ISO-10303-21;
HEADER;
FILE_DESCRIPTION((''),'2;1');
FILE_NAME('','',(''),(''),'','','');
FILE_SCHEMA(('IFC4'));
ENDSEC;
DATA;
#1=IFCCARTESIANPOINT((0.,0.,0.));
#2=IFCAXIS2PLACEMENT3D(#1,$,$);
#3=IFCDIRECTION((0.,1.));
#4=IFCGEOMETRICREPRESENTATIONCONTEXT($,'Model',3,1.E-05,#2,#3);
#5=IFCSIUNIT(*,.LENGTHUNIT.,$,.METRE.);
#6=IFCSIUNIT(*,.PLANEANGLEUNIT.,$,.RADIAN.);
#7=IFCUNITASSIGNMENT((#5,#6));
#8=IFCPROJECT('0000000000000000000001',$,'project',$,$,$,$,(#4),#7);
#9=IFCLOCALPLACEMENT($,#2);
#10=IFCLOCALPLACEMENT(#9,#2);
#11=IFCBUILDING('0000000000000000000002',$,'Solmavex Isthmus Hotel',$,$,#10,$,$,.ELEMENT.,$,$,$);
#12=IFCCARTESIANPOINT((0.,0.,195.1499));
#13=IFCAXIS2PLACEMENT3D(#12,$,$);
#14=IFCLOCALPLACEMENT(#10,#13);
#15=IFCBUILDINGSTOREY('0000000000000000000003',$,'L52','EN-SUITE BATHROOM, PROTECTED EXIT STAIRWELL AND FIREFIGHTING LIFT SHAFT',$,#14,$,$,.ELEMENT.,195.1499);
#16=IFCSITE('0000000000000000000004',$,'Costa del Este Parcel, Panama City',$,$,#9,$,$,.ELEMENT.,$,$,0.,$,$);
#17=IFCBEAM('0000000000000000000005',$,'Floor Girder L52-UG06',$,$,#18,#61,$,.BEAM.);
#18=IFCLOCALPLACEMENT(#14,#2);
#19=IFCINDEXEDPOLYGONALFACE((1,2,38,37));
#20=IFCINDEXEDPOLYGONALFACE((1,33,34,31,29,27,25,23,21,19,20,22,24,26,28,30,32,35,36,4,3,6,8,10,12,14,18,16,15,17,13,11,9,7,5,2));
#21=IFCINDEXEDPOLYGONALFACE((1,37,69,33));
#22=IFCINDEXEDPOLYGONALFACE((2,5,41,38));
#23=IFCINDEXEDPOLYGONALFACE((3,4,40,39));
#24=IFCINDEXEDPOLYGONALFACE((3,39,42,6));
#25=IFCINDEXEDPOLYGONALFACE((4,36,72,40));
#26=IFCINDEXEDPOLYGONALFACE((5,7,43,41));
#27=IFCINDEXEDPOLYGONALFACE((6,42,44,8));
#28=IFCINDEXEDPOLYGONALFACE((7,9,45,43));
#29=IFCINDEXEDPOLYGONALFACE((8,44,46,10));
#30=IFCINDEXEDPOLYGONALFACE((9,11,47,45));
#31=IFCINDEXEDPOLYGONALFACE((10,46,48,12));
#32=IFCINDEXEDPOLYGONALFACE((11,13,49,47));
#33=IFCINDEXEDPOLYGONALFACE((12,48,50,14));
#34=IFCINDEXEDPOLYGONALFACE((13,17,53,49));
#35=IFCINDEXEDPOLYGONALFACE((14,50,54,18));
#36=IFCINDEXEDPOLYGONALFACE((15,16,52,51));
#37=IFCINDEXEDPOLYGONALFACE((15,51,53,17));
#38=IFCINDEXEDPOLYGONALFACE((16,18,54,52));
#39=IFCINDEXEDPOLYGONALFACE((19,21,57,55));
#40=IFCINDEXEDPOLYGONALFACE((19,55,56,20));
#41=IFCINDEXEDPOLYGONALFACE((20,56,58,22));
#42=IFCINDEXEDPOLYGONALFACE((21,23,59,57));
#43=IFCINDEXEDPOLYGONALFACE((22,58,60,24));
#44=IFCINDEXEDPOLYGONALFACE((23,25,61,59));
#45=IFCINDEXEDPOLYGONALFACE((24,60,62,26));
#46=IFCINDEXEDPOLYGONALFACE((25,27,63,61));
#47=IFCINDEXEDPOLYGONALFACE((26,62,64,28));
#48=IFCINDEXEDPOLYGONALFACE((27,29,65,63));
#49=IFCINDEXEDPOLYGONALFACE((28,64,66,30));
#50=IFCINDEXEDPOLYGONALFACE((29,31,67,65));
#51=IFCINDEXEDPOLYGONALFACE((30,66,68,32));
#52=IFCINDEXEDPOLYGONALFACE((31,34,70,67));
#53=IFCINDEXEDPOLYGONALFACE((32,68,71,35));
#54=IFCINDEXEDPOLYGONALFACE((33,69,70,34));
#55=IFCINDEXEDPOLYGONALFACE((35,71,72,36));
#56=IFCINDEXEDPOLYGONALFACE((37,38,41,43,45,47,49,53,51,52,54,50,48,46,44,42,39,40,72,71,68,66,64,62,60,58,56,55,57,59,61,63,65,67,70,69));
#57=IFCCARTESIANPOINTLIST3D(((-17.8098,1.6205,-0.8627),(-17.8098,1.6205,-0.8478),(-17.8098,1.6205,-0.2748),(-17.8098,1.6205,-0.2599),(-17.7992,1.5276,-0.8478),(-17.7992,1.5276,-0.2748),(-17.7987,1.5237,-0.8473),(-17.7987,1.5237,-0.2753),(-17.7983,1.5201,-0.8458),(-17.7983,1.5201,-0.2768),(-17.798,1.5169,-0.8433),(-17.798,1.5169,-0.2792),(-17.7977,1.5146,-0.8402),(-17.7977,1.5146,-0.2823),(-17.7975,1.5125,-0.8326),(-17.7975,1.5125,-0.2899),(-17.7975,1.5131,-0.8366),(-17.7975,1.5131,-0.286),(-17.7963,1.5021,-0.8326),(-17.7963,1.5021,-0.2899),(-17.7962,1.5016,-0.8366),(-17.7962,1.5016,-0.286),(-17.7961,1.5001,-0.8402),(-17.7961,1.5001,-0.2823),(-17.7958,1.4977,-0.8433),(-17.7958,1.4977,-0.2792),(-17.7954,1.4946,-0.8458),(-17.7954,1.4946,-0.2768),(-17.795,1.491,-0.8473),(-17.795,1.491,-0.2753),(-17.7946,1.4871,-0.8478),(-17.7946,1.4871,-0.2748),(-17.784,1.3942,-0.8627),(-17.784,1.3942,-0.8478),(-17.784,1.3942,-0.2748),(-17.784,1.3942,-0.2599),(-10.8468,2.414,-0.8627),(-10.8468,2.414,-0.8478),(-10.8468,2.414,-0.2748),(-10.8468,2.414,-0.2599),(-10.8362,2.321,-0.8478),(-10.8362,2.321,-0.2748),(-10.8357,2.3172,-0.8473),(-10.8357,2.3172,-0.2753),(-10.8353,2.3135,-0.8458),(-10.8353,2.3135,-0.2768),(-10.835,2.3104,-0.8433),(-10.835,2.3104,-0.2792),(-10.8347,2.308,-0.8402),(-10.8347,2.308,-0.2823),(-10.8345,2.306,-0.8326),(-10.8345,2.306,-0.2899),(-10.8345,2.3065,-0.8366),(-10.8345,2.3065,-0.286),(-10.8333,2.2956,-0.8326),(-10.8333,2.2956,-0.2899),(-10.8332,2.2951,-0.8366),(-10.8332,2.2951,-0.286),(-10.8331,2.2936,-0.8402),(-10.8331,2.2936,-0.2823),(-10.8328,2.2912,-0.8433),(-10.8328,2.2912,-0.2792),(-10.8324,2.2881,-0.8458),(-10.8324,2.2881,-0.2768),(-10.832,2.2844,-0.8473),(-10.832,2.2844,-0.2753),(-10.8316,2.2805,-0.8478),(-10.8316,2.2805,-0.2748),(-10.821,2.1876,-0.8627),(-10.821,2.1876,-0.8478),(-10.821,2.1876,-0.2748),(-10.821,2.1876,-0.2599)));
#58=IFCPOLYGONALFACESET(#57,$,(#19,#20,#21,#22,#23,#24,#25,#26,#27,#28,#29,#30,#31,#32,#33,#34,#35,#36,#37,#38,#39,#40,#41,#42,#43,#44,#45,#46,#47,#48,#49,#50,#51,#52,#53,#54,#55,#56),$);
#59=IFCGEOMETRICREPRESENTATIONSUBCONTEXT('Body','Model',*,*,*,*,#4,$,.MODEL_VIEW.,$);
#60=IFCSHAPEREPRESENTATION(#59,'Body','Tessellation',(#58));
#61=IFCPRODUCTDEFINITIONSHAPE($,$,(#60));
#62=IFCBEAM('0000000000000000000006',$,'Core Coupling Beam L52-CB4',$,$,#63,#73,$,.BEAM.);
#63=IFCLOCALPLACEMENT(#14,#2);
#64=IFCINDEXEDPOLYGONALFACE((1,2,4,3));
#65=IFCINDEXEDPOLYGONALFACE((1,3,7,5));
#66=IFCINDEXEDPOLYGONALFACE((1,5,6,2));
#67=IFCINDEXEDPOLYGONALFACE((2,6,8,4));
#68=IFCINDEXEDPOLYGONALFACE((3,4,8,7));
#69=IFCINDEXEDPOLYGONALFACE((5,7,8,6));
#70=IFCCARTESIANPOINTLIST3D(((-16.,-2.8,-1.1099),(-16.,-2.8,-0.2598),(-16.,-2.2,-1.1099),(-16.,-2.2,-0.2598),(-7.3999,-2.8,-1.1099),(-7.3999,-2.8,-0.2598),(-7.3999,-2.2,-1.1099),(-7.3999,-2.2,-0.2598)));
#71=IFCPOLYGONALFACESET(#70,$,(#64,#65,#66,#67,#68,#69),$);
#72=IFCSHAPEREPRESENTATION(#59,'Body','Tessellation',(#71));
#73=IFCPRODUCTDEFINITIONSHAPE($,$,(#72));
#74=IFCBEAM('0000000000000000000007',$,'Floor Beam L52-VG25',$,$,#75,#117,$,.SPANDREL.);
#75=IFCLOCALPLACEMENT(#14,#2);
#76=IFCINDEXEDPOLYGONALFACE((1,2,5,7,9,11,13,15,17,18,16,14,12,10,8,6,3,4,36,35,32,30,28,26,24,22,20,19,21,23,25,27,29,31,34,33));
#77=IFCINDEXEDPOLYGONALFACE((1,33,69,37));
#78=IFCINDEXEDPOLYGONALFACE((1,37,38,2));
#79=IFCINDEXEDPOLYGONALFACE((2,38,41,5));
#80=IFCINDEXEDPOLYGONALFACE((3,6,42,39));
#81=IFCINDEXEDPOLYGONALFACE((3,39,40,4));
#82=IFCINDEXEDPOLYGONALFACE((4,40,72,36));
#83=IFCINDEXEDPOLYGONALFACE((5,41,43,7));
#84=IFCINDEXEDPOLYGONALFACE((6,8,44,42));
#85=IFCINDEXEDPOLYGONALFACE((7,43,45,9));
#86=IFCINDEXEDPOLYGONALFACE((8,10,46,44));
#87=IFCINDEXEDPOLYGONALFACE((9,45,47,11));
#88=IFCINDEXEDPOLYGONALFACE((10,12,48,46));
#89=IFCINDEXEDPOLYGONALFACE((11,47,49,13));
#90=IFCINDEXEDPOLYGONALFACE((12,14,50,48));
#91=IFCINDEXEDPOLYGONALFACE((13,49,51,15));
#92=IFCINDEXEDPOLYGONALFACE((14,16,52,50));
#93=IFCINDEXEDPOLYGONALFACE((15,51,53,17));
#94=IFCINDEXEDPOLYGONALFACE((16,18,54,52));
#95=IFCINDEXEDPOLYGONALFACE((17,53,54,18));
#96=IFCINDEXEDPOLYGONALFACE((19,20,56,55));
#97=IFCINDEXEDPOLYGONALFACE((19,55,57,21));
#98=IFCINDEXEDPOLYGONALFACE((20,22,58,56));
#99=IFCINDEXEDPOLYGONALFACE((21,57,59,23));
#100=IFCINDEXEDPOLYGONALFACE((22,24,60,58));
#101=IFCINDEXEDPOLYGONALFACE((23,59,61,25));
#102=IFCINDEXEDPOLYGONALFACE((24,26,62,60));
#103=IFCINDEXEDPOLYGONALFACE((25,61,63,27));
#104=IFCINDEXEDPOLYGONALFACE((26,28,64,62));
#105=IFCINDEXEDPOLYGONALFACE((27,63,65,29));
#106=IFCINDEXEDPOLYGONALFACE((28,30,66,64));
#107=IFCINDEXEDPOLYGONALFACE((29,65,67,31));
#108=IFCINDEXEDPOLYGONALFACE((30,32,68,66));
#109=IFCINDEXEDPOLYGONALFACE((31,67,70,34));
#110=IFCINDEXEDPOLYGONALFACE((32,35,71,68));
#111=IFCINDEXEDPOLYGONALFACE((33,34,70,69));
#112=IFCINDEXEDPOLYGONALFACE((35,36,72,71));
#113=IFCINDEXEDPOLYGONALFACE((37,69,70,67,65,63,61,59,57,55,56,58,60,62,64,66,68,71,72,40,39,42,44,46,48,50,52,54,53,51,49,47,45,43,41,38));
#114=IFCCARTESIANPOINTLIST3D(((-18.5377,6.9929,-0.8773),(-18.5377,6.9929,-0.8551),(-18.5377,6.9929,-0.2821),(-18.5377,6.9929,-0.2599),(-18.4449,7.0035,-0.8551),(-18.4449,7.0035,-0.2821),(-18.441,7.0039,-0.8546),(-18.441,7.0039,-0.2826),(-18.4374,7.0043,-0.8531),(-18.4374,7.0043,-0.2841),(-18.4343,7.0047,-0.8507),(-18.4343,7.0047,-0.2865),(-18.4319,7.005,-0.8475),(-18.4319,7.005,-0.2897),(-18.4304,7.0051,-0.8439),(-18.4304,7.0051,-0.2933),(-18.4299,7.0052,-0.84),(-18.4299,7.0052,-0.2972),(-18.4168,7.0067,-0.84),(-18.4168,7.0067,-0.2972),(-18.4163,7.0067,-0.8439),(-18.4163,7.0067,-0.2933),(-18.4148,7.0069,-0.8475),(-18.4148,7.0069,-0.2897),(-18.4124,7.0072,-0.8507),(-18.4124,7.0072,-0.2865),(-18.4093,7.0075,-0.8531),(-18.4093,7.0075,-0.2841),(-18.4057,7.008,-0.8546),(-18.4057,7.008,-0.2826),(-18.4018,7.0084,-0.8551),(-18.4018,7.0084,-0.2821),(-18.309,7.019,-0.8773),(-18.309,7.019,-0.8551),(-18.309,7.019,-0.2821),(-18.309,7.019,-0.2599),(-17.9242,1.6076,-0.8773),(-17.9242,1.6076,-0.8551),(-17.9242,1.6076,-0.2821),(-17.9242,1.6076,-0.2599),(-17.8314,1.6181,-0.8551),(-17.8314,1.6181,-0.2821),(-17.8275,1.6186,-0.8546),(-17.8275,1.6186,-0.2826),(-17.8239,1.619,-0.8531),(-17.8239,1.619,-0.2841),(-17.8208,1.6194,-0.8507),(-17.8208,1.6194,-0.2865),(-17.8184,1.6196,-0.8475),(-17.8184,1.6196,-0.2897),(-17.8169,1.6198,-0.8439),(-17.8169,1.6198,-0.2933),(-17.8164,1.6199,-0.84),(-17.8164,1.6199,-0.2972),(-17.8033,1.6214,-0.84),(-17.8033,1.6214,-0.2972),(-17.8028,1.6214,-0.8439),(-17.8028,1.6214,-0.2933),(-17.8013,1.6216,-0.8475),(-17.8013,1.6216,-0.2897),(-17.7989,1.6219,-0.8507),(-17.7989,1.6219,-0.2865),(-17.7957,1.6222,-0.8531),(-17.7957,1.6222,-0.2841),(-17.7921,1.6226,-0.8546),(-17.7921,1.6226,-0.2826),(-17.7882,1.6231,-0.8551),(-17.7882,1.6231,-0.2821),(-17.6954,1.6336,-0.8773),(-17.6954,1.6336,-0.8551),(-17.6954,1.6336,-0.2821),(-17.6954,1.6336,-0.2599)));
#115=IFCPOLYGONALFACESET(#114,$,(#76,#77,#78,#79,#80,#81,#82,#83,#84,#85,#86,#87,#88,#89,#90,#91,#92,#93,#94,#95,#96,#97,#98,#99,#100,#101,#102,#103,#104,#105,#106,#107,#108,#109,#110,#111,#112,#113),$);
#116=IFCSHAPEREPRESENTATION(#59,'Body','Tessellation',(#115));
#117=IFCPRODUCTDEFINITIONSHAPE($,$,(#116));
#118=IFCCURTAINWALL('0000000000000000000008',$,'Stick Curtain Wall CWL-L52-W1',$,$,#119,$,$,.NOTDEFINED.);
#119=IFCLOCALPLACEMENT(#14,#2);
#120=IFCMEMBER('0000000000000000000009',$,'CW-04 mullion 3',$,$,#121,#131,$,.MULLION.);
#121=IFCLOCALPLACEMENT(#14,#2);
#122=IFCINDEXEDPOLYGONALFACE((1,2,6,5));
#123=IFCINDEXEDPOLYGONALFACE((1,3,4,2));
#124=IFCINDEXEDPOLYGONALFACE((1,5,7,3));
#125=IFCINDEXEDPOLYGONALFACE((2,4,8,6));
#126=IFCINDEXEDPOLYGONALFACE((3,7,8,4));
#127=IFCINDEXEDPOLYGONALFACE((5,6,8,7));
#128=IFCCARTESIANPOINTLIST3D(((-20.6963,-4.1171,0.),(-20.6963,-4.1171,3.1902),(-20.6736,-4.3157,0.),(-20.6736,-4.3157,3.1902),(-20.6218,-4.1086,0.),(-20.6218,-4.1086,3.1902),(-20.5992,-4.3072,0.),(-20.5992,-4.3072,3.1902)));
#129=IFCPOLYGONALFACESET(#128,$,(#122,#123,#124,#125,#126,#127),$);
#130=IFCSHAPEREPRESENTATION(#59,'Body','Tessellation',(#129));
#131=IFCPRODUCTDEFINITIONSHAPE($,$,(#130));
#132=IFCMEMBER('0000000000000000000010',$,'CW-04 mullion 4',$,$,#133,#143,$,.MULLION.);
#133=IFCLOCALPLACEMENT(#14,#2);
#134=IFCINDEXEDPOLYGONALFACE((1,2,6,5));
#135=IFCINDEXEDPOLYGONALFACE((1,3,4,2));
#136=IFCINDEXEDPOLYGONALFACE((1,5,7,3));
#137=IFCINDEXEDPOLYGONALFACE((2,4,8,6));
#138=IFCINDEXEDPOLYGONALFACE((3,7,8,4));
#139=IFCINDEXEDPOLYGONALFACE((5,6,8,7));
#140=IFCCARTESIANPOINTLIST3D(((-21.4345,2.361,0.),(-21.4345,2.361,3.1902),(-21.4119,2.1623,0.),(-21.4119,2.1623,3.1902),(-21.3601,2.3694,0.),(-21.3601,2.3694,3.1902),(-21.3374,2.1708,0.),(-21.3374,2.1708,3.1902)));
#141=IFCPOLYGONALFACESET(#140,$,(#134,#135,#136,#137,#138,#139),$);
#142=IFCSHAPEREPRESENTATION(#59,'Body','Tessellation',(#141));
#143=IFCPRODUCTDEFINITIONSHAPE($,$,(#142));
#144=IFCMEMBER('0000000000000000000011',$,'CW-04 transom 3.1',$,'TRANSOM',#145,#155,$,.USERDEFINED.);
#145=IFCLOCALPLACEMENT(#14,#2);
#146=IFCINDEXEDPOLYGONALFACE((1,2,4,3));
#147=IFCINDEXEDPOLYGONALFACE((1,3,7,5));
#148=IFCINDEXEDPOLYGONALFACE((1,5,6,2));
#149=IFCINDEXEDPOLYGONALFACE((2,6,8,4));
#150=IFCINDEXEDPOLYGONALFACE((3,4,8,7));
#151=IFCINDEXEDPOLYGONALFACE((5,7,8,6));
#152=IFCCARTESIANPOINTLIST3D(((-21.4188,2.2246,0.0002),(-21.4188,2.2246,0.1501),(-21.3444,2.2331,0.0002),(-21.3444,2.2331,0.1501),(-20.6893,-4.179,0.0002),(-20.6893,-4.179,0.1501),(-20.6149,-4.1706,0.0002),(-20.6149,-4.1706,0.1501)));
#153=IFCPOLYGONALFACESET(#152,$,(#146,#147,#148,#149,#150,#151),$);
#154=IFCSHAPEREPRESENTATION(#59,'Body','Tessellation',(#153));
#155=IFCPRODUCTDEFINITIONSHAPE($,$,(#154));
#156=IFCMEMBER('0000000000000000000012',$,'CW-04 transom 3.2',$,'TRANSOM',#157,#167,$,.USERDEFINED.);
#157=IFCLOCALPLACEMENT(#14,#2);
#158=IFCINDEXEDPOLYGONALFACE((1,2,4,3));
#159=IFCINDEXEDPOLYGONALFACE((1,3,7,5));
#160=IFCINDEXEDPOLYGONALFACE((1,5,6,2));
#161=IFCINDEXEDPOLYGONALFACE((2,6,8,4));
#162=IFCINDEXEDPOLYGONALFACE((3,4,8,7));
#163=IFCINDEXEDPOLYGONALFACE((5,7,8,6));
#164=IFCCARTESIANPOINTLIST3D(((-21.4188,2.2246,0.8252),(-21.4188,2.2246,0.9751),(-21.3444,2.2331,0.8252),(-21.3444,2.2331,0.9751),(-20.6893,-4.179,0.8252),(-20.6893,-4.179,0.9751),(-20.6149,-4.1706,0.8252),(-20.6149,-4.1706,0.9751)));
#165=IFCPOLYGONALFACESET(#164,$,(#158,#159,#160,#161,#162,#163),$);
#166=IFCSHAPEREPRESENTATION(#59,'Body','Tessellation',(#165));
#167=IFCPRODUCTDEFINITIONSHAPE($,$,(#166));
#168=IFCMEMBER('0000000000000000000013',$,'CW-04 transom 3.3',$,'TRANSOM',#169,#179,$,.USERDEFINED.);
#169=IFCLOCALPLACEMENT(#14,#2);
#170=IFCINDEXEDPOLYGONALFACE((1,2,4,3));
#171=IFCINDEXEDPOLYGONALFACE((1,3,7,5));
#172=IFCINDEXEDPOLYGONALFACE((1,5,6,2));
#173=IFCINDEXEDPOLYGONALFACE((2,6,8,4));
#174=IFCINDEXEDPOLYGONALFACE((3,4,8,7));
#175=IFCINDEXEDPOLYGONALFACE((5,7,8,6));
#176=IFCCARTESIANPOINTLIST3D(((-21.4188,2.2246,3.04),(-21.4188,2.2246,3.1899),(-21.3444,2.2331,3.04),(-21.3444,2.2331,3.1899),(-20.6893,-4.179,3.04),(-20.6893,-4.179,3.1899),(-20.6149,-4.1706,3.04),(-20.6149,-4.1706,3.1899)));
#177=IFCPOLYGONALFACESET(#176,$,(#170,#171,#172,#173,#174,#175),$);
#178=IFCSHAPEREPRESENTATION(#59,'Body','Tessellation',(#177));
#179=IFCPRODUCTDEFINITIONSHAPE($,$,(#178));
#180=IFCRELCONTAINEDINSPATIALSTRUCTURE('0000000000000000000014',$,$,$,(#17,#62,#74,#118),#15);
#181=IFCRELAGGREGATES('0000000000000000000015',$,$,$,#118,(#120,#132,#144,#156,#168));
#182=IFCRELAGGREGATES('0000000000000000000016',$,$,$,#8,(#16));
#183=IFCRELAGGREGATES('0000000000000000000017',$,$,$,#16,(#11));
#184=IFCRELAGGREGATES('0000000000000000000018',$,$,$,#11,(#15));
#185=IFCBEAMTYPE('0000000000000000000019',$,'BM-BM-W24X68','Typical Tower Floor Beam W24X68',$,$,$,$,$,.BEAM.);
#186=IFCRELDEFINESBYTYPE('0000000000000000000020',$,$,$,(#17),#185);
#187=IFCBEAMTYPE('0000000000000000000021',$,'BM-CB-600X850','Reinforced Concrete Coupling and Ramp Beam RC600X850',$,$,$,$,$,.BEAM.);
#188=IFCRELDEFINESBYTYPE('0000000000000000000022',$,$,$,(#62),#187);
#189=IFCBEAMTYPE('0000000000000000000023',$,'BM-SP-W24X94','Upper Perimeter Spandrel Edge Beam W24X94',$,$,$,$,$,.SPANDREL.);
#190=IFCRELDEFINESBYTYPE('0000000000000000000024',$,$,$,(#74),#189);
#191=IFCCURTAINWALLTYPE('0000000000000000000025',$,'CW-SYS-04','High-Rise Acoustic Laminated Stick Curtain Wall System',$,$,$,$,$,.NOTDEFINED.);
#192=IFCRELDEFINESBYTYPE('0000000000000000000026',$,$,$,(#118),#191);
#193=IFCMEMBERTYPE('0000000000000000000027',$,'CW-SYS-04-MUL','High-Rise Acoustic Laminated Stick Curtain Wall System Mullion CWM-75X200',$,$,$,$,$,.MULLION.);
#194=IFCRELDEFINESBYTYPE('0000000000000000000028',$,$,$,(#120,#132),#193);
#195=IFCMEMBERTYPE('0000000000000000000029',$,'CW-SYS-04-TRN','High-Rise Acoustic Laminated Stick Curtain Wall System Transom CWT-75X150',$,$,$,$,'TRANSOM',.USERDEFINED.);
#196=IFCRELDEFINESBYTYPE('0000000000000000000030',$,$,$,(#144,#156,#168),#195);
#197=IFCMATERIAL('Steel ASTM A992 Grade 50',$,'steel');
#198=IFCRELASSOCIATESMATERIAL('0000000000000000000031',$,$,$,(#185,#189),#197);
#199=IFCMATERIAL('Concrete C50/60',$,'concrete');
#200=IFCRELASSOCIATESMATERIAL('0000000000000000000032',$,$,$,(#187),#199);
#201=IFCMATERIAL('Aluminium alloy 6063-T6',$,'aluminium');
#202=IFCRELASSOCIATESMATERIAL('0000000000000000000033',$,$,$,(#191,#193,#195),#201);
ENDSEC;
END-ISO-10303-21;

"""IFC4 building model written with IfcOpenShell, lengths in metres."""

from ifc_helpers import new_model, si_unit, direction, frame, origin, origin_2d, place, context, subcontext, project, spatial, rectangle, i_section, extrude, material, material_profile, profile_set, type_object, element, aggregate, save


model = new_model("IFC4")

# Units and contexts
model_context = context("Model", 3, precision=1e-05, world=origin(), true_north=direction((0.0, 1.0)))
body_context = subcontext(model_context, "Body", "Model", "MODEL_VIEW")
ifc_project = project(units=[si_unit("LENGTHUNIT", "METRE"), si_unit("PLANEANGLEUNIT", "RADIAN")], contexts=[model_context])

# Site, building, storey
site_placement = place(None, origin())
site = spatial("IfcSite", under=ifc_project, at=site_placement, Name="Costa del Este Parcel, Panama City", CompositionType="ELEMENT", RefElevation=0.0)
building_placement = place(site_placement, origin())
building = spatial("IfcBuilding", under=site, at=building_placement, Name="Solmavex Isthmus Hotel", CompositionType="ELEMENT")
storey_placement = place(building_placement, frame((0.0, 0.0, 195.1499)))
storey = spatial("IfcBuildingStorey", under=building, at=storey_placement, Name="L52", Description="EN-SUITE BATHROOM, PROTECTED EXIT STAIRWELL AND FIREFIGHTING LIFT SHAFT", CompositionType="ELEMENT", Elevation=195.1499)

# Shared definitions
ifc_material_1 = material(Name="Concrete C50/60", Category="concrete")

# Beams
ifc_material_2 = material(Name="Steel ASTM A992 Grade 50", Category="steel")
ifc_material_profile_1 = material_profile(ifc_material_2, i_section(OverallWidth=0.2278, OverallDepth=0.6028, WebThickness=0.0105, FlangeThickness=0.0149, FilletRadius=0.0151, at=origin_2d()), Name="W24X68")
ifc_profile_set_1 = profile_set([ifc_material_profile_1], Name="Steel ASTM A992 Grade 50")
beam_type_1 = type_object("IfcBeamType", Name="BM-BM-W24X68", Description="Typical Tower Floor Beam W24X68", PredefinedType="BEAM", material=ifc_profile_set_1)
beam_1_placement = place(storey_placement, frame((-17.7969, 1.5073, -0.5613), z_axis=(0.99357, 0.113222, 0.0), x_axis=(-0.113222, 0.99357, 0.0)))
element("IfcBeam", 1, at=beam_1_placement, inside=storey, type_object=beam_type_1, Name="Floor Girder L52-UG06", PredefinedType="BEAM", context=body_context, shape_type="SweptSolid", body=[
    extrude(i_section(OverallWidth=0.2278, OverallDepth=0.6028, WebThickness=0.0105, FlangeThickness=0.0149, FilletRadius=0.0151, at=origin_2d()), origin(), (0.0, 0.0, 1.0), 7.0081),
])
ifc_material_profile_2 = material_profile(ifc_material_1, rectangle(XDim=0.6001, YDim=0.8501, at=origin_2d()), Name="RC600X850")
ifc_profile_set_2 = profile_set([ifc_material_profile_2], Name="Concrete C50/60")
beam_type_2 = type_object("IfcBeamType", Name="BM-CB-600X850", Description="Reinforced Concrete Coupling and Ramp Beam RC600X850", PredefinedType="BEAM", material=ifc_profile_set_2)
beam_2_placement = place(storey_placement, frame((-16.0, -2.5, -0.6848), z_axis=(1.0, 0.0, 0.0), x_axis=(0.0, 1.0, 0.0)))
element("IfcBeam", 2, at=beam_2_placement, inside=storey, type_object=beam_type_2, Name="Core Coupling Beam L52-CB4", PredefinedType="BEAM", context=body_context, shape_type="SweptSolid", body=[
    extrude(rectangle(XDim=0.6001, YDim=0.8501, at=origin_2d()), origin(), (0.0, 0.0, 1.0), 8.6001),
])
ifc_material_profile_3 = material_profile(ifc_material_2, i_section(OverallWidth=0.2302, OverallDepth=0.6174, WebThickness=0.0132, FlangeThickness=0.0222, FilletRadius=0.0151, at=origin_2d()), Name="W24X94")
ifc_profile_set_3 = profile_set([ifc_material_profile_3], Name="Steel ASTM A992 Grade 50")
beam_type_3 = type_object("IfcBeamType", Name="BM-SP-W24X94", Description="Upper Perimeter Spandrel Edge Beam W24X94", PredefinedType="SPANDREL", material=ifc_profile_set_3)
beam_3_placement = place(storey_placement, frame((-17.8098, 1.6206, -0.5686), z_axis=(-0.113195, 0.993573, 0.0), x_axis=(-0.993573, -0.113195, 0.0)))
element("IfcBeam", 3, at=beam_3_placement, inside=storey, type_object=beam_type_3, Name="Floor Beam L52-VG25", PredefinedType="SPANDREL", context=body_context, shape_type="SweptSolid", body=[
    extrude(i_section(OverallWidth=0.2302, OverallDepth=0.6174, WebThickness=0.0132, FlangeThickness=0.0222, FilletRadius=0.0151, at=origin_2d()), origin(), (0.0, 0.0, 1.0), 5.4202),
])

# Curtain wall, members
ifc_material_3 = material(Name="Aluminium alloy 6063-T6", Category="aluminium")
curtain_wall_type = type_object("IfcCurtainWallType", Name="CW-SYS-04", Description="High-Rise Acoustic Laminated Stick Curtain Wall System", PredefinedType="NOTDEFINED", material=ifc_material_3)
curtain_wall_placement = place(storey_placement, origin())
curtain_wall = element("IfcCurtainWall", 4, at=curtain_wall_placement, inside=storey, type_object=curtain_wall_type, Name="Stick Curtain Wall CWL-L52-W1", PredefinedType="NOTDEFINED")
ifc_material_profile_4 = material_profile(ifc_material_3, rectangle(XDim=0.075, YDim=0.2, at=origin_2d()), Name="CWM-75X200")
ifc_profile_set_4 = profile_set([ifc_material_profile_4], Name="Aluminium alloy 6063-T6")
member_type_1 = type_object("IfcMemberType", Name="CW-SYS-04-MUL", Description="High-Rise Acoustic Laminated Stick Curtain Wall System Mullion CWM-75X200", PredefinedType="MULLION", material=ifc_profile_set_4)
member_1_placement = place(storey_placement, frame((-20.6477, -4.2122, 0.0), z_axis=(0.0, 0.0, 1.0), x_axis=(-0.993572, -0.113203, 0.0)))
member_1 = element("IfcMember", 5, at=member_1_placement, type_object=member_type_1, Name="CW-04 mullion 3", PredefinedType="MULLION", context=body_context, shape_type="SweptSolid", body=[
    extrude(rectangle(XDim=0.075, YDim=0.2, at=origin_2d()), origin(), (0.0, 0.0, 1.0), 3.1902),
])
member_2_placement = place(storey_placement, frame((-21.386, 2.2659, 0.0), z_axis=(0.0, 0.0, 1.0), x_axis=(-0.993572, -0.113203, 0.0)))
member_2 = element("IfcMember", 6, at=member_2_placement, type_object=member_type_1, Name="CW-04 mullion 4", PredefinedType="MULLION", context=body_context, shape_type="SweptSolid", body=[
    extrude(rectangle(XDim=0.075, YDim=0.2, at=origin_2d()), origin(), (0.0, 0.0, 1.0), 3.1902),
])
ifc_material_profile_5 = material_profile(ifc_material_3, rectangle(XDim=0.075, YDim=0.1499, at=origin_2d()), Name="CWT-75X150")
ifc_profile_set_5 = profile_set([ifc_material_profile_5], Name="Aluminium alloy 6063-T6")
member_type_2 = type_object("IfcMemberType", Name="CW-SYS-04-TRN", Description="High-Rise Acoustic Laminated Stick Curtain Wall System Transom CWT-75X150", ElementType="TRANSOM", PredefinedType="USERDEFINED", material=ifc_profile_set_5)
member_3_placement = place(storey_placement, frame((-20.6521, -4.1748, 0.0752), z_axis=(-0.113188, 0.993574, 0.0), x_axis=(-0.993574, -0.113188, 0.0)))
member_3 = element("IfcMember", 7, at=member_3_placement, type_object=member_type_2, Name="CW-04 transom 3.1", ObjectType="TRANSOM", PredefinedType="USERDEFINED", context=body_context, shape_type="SweptSolid", body=[
    extrude(rectangle(XDim=0.075, YDim=0.1499, at=origin_2d()), origin(), (0.0, 0.0, 1.0), 6.4451),
])
member_4_placement = place(storey_placement, frame((-20.6521, -4.1748, 0.9001), z_axis=(-0.113188, 0.993574, 0.0), x_axis=(-0.993574, -0.113188, 0.0)))
member_4 = element("IfcMember", 8, at=member_4_placement, type_object=member_type_2, Name="CW-04 transom 3.2", ObjectType="TRANSOM", PredefinedType="USERDEFINED", context=body_context, shape_type="SweptSolid", body=[
    extrude(rectangle(XDim=0.075, YDim=0.1499, at=origin_2d()), origin(), (0.0, 0.0, 1.0), 6.4451),
])
member_5_placement = place(storey_placement, frame((-20.6521, -4.1748, 3.115), z_axis=(-0.113188, 0.993574, 0.0), x_axis=(-0.993574, -0.113188, 0.0)))
member_5 = element("IfcMember", 9, at=member_5_placement, type_object=member_type_2, Name="CW-04 transom 3.3", ObjectType="TRANSOM", PredefinedType="USERDEFINED", context=body_context, shape_type="SweptSolid", body=[
    extrude(rectangle(XDim=0.075, YDim=0.1499, at=origin_2d()), origin(), (0.0, 0.0, 1.0), 6.4451),
])
aggregate(curtain_wall, [member_1, member_2, member_3, member_4, member_5])

save(model, "model.ifc")
